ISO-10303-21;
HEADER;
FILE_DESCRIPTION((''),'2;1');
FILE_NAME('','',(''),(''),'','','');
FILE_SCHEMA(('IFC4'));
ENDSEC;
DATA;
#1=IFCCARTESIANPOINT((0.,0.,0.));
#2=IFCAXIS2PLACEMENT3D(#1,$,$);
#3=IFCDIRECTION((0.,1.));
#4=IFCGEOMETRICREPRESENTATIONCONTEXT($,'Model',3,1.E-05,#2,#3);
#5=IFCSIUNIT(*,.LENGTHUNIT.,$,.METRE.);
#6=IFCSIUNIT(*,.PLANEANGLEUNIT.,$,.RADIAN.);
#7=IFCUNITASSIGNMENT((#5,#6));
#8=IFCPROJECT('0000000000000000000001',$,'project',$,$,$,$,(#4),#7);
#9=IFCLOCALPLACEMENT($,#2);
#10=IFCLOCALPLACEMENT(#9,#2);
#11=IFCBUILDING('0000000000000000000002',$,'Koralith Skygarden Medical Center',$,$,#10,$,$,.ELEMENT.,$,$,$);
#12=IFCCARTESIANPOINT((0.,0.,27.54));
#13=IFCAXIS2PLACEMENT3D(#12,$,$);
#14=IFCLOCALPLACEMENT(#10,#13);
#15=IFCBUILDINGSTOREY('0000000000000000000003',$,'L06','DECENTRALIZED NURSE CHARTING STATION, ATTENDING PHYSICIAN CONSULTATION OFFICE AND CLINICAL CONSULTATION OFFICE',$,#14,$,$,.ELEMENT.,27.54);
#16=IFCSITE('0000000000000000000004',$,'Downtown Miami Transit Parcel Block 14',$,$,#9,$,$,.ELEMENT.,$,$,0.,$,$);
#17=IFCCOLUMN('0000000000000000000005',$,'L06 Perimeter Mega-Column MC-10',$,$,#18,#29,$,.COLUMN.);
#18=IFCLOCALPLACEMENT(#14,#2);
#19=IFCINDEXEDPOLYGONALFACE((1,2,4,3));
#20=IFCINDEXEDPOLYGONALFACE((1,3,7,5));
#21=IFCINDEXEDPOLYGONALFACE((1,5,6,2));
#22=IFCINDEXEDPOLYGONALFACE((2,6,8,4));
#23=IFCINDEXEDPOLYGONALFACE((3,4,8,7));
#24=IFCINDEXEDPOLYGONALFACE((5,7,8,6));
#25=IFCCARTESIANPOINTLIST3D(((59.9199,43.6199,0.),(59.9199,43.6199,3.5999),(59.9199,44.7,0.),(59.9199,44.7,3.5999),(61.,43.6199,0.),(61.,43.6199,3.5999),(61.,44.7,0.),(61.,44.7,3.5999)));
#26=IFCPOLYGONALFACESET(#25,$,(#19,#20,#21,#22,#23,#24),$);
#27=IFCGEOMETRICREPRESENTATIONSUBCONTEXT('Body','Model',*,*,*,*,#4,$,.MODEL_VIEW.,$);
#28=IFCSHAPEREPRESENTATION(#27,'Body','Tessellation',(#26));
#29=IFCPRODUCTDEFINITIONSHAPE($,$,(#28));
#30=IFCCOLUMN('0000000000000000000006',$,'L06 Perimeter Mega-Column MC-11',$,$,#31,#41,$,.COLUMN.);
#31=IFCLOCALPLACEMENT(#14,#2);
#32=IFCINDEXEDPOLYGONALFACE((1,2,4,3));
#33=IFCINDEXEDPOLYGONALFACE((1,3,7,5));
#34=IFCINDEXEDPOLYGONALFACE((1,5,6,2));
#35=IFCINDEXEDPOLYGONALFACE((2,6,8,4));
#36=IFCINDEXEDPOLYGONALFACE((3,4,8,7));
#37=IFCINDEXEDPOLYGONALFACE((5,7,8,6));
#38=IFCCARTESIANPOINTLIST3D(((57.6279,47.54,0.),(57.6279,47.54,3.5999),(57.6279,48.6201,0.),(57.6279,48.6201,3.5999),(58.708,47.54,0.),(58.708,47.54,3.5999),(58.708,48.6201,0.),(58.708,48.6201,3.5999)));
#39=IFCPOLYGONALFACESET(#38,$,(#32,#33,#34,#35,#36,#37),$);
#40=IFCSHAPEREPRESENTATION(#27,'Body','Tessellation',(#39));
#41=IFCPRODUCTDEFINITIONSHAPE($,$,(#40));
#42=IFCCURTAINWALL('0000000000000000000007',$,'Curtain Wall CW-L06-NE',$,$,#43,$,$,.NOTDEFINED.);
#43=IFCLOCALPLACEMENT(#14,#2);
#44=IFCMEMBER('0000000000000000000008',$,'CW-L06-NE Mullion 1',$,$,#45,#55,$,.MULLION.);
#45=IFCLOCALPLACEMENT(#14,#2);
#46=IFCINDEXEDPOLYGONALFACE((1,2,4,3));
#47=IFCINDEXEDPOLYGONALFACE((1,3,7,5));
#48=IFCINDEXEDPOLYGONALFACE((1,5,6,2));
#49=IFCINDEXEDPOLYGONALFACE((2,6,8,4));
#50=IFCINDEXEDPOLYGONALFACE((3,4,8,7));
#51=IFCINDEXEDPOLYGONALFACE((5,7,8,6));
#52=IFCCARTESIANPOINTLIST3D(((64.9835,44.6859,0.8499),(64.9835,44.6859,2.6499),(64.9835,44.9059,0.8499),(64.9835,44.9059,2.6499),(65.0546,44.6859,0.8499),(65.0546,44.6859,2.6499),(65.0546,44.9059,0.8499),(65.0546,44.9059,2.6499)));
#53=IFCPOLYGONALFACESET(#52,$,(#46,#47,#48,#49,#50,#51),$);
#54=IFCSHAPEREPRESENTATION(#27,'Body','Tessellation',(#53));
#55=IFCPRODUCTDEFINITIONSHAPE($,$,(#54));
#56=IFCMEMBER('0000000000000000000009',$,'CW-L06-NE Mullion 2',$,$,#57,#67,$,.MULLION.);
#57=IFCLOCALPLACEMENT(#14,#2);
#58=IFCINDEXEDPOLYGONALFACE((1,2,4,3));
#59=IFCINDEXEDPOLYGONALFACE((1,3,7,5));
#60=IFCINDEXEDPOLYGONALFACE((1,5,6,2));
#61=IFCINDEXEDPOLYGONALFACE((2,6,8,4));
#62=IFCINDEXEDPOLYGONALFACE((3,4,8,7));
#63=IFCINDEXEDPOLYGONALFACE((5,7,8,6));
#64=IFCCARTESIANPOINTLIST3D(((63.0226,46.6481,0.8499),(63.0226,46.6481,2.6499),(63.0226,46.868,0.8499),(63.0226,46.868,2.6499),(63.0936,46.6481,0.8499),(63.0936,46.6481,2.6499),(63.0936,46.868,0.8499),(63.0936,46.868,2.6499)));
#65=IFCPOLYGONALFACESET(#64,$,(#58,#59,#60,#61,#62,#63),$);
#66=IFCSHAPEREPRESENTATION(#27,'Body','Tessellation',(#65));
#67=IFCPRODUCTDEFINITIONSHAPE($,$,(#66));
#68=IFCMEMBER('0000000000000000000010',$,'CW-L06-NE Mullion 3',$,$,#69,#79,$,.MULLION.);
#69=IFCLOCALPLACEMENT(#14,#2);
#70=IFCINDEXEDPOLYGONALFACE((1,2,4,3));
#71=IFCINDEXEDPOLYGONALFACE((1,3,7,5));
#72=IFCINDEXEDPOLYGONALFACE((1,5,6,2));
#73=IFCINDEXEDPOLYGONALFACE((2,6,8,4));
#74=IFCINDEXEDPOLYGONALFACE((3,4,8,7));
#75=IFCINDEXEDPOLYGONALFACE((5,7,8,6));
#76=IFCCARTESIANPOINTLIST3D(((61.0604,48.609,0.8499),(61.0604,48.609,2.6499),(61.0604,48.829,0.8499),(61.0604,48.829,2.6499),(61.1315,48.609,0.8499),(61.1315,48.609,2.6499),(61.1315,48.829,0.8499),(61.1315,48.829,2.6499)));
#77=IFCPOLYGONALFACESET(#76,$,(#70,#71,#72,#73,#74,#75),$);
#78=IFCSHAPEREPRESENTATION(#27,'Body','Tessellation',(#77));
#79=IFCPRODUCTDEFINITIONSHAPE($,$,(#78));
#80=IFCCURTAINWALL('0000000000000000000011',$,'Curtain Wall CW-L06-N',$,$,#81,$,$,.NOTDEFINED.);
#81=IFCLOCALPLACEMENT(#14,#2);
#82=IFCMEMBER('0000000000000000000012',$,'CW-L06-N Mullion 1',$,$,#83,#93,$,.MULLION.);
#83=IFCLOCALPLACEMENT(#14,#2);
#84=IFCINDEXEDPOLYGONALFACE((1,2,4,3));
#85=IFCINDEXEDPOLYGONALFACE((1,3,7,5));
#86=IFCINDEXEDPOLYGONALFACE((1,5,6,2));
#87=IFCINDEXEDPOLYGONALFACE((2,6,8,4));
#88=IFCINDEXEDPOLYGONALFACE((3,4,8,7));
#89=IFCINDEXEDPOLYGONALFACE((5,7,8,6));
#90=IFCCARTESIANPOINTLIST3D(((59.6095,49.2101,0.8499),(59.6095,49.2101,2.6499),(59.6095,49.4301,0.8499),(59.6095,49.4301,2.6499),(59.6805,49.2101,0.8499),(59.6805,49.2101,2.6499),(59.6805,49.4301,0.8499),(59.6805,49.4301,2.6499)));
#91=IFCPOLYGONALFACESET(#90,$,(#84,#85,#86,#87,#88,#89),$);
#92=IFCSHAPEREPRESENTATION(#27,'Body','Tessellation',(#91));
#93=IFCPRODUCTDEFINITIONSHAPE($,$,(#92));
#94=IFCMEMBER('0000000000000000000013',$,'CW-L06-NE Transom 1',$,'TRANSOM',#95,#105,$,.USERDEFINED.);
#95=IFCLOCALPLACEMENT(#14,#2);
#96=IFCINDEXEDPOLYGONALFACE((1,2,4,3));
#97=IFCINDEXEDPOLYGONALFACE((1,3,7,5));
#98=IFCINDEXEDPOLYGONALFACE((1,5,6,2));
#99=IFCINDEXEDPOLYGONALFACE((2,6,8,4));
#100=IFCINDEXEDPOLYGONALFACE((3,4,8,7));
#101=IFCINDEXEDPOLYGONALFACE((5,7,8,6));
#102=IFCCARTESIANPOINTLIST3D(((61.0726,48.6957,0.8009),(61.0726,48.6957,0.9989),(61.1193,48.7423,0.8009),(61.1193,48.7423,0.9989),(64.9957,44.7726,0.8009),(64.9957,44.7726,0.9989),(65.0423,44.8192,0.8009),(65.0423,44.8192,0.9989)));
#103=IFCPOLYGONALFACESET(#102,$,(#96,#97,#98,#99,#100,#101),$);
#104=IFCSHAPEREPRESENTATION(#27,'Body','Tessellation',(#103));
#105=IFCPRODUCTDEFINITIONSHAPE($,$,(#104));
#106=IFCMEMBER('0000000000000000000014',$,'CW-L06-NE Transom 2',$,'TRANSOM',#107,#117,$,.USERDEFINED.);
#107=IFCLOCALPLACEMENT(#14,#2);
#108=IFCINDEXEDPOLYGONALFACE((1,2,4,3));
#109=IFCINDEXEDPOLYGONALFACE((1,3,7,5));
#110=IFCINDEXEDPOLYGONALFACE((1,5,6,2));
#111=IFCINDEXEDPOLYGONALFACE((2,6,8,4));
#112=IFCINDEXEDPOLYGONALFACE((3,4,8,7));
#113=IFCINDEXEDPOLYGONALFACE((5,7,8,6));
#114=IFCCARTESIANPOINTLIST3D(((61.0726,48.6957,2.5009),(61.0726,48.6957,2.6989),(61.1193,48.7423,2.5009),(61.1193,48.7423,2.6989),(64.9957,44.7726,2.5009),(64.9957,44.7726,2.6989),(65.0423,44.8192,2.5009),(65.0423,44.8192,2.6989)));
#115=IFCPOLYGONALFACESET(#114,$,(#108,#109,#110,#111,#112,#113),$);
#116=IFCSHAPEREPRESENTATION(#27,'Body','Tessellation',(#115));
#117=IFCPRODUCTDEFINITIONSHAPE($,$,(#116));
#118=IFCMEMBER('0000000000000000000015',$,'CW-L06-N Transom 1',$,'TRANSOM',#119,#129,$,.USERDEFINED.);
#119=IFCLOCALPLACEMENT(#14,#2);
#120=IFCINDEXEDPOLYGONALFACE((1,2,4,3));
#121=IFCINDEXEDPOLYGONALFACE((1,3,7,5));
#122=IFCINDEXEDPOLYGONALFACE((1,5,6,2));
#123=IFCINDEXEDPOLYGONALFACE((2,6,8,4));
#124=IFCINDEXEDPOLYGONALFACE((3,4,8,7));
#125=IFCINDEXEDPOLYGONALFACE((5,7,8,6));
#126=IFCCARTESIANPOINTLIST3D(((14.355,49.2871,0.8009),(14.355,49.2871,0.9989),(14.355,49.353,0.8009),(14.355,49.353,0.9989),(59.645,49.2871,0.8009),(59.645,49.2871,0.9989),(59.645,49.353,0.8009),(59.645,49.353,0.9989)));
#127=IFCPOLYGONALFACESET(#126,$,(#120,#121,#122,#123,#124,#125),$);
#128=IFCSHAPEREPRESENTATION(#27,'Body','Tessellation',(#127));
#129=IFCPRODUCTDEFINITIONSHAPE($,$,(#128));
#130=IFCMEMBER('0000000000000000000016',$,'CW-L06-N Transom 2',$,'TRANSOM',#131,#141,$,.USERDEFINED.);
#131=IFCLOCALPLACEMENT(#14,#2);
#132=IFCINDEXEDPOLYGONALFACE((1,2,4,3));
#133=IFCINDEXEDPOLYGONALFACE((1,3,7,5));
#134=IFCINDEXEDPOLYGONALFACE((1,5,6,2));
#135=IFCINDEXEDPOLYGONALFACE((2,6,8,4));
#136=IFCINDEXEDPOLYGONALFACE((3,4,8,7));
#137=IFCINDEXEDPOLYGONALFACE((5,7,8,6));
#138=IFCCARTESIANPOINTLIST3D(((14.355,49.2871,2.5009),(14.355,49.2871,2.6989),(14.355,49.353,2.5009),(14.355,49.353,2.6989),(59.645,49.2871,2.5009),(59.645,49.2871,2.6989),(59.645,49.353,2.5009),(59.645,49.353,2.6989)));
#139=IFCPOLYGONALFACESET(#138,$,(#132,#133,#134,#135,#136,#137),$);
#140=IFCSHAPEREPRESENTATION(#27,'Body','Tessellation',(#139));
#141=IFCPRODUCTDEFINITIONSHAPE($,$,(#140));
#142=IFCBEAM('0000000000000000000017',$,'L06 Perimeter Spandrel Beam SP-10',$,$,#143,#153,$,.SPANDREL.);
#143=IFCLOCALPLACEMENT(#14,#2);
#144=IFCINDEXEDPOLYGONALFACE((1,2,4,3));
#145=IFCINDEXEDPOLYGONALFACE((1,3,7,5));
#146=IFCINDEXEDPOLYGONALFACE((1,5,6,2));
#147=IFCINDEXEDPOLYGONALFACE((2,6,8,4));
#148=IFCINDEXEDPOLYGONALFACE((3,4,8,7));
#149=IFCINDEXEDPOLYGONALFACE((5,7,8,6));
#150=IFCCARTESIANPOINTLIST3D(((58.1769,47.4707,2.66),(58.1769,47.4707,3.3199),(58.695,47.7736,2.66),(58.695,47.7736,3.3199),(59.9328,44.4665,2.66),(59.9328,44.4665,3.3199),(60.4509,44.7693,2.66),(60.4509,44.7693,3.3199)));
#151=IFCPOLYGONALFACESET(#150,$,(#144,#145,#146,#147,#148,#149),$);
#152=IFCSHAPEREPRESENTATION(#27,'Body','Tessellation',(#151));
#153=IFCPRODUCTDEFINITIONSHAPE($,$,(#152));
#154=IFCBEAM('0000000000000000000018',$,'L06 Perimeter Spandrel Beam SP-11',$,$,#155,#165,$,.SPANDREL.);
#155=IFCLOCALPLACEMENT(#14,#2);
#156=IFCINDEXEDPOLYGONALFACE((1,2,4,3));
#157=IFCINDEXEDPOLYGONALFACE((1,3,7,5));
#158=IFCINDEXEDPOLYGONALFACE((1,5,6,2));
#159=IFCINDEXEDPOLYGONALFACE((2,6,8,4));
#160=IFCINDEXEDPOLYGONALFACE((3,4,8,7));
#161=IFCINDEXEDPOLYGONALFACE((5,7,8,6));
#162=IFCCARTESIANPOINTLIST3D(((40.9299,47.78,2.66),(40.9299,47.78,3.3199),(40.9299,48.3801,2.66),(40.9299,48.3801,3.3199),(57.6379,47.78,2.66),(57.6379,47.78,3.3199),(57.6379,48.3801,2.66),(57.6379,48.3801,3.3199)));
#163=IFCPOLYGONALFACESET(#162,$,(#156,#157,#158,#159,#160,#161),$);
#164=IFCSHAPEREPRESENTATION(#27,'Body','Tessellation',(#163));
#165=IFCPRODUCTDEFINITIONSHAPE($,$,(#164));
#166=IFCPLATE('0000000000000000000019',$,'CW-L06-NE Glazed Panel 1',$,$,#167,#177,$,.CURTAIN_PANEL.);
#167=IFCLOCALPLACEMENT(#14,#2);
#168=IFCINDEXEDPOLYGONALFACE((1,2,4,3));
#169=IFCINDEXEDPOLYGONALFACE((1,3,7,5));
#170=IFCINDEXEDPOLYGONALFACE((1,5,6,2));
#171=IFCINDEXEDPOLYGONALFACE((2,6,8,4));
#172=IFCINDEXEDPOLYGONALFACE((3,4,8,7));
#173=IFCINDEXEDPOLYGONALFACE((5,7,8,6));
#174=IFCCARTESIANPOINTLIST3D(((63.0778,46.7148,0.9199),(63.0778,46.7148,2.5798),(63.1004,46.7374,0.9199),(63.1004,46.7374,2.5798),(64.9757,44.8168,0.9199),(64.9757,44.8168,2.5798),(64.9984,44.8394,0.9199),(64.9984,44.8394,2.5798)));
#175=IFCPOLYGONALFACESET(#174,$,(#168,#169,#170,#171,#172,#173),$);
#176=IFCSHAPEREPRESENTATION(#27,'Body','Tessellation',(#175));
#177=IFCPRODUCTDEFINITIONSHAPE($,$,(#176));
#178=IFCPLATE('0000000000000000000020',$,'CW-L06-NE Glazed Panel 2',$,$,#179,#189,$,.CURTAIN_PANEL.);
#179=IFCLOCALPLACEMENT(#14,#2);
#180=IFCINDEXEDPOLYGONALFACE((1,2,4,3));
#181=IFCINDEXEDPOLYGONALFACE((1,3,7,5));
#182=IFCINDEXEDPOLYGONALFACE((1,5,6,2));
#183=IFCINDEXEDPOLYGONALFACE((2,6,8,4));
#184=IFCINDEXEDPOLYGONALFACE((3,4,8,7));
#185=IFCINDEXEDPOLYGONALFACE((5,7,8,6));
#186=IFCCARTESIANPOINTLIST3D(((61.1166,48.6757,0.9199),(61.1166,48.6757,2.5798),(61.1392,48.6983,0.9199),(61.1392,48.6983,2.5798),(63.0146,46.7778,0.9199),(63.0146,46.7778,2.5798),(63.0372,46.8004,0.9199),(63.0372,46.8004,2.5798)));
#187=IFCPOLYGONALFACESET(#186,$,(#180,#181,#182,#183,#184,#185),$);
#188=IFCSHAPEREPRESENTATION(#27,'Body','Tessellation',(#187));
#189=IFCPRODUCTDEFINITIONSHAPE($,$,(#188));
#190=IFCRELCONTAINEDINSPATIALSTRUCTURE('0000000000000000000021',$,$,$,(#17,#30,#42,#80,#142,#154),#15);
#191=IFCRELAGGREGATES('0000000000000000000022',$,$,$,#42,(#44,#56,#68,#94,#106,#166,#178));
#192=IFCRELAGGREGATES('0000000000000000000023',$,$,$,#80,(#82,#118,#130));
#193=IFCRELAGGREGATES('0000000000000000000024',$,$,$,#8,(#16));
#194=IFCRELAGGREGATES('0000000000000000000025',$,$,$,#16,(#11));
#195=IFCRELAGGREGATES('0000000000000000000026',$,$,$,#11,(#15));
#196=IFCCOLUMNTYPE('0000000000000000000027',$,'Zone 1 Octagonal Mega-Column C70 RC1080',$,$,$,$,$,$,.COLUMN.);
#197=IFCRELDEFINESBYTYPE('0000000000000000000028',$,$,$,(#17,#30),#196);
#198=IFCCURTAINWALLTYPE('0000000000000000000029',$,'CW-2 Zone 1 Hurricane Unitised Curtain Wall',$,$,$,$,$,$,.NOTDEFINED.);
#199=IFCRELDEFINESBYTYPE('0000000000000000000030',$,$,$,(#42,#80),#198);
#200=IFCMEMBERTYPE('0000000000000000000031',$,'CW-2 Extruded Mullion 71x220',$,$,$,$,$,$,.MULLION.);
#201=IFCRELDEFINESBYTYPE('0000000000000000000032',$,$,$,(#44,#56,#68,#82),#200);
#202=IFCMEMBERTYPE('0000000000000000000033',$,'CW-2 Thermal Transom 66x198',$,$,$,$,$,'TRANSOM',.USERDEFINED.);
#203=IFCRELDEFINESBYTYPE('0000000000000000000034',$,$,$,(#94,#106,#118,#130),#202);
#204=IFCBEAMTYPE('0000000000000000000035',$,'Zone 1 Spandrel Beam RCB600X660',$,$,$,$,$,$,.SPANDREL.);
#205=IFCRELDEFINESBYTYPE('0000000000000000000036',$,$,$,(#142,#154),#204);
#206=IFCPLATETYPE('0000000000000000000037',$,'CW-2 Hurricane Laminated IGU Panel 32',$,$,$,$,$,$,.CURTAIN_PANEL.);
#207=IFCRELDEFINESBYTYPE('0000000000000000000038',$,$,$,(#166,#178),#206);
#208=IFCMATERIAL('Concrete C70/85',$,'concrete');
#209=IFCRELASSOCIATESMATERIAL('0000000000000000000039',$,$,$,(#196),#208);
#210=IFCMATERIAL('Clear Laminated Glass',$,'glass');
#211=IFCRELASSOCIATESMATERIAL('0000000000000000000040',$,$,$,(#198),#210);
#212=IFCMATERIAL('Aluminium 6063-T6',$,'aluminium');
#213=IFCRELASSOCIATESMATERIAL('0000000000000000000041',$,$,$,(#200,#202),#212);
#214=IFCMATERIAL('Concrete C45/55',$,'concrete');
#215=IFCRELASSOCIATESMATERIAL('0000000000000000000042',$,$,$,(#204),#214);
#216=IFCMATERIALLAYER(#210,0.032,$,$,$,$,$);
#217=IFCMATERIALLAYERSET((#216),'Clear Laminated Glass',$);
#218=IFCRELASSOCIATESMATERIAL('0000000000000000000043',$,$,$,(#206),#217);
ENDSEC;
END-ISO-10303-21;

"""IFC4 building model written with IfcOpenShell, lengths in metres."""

from ifc_helpers import new_model, si_unit, direction, frame, origin, origin_2d, place, context, subcontext, project, spatial, rectangle, extrude, material, layer, layer_set, material_profile, profile_set, type_object, element, aggregate, save


model = new_model("IFC4")

# Units and contexts
model_context = context("Model", 3, precision=1e-05, world=origin(), true_north=direction((0.0, 1.0)))
body_context = subcontext(model_context, "Body", "Model", "MODEL_VIEW")
ifc_project = project(units=[si_unit("LENGTHUNIT", "METRE"), si_unit("PLANEANGLEUNIT", "RADIAN")], contexts=[model_context])

# Site, building, storey
site_placement = place(None, origin())
site = spatial("IfcSite", under=ifc_project, at=site_placement, Name="Downtown Miami Transit Parcel Block 14", CompositionType="ELEMENT", RefElevation=0.0)
building_placement = place(site_placement, origin())
building = spatial("IfcBuilding", under=site, at=building_placement, Name="Koralith Skygarden Medical Center", CompositionType="ELEMENT")
storey_placement = place(building_placement, frame((0.0, 0.0, 27.54)))
storey = spatial("IfcBuildingStorey", under=building, at=storey_placement, Name="L06", Description="DECENTRALIZED NURSE CHARTING STATION, ATTENDING PHYSICIAN CONSULTATION OFFICE AND CLINICAL CONSULTATION OFFICE", CompositionType="ELEMENT", Elevation=27.54)

# Columns
ifc_material_1 = material(Name="Concrete C70/85", Category="concrete")
ifc_material_profile_1 = material_profile(ifc_material_1, rectangle(XDim=1.0801, YDim=1.0801, at=origin_2d()), Name="RC1080X1080")
ifc_profile_set_1 = profile_set([ifc_material_profile_1], Name="Concrete C70/85")
column_type = type_object("IfcColumnType", Name="Zone 1 Octagonal Mega-Column C70 RC1080", PredefinedType="COLUMN", material=ifc_profile_set_1)
for number, where, z_axis, x_axis, name in (
    (1, (60.46, 44.1599, 0.0), (0.0, 0.0, 1.0), (1.0, 0.0, 0.0), "L06 Perimeter Mega-Column MC-10"),
    (2, (58.168, 48.0801, 0.0), (0.0, 0.0, 1.0), (1.0, 0.0, 0.0), "L06 Perimeter Mega-Column MC-11"),
):
    element("IfcColumn", number, at=place(storey_placement, frame(where, z_axis=z_axis, x_axis=x_axis)), inside=storey, type_object=column_type, Name=name, PredefinedType="COLUMN", context=body_context, shape_type="SweptSolid", body=[
        extrude(rectangle(XDim=1.0801, YDim=1.0801, at=origin_2d()), origin(), (0.0, 0.0, 1.0), 3.5999),
    ])

# Curtain wall, members
ifc_material_2 = material(Name="Clear Laminated Glass", Category="glass")
curtain_wall_type = type_object("IfcCurtainWallType", Name="CW-2 Zone 1 Hurricane Unitised Curtain Wall", PredefinedType="NOTDEFINED", material=ifc_material_2)
curtain_wall_1_placement = place(storey_placement, origin())
curtain_wall_1 = element("IfcCurtainWall", 3, at=curtain_wall_1_placement, inside=storey, type_object=curtain_wall_type, Name="Curtain Wall CW-L06-NE", PredefinedType="NOTDEFINED")
ifc_material_3 = material(Name="Aluminium 6063-T6", Category="aluminium")
ifc_material_profile_2 = material_profile(ifc_material_3, rectangle(XDim=0.071, YDim=0.22, at=origin_2d()), Name="MUL71X220")
ifc_profile_set_2 = profile_set([ifc_material_profile_2], Name="Aluminium 6063-T6")
member_type_1 = type_object("IfcMemberType", Name="CW-2 Extruded Mullion 71x220", PredefinedType="MULLION", material=ifc_profile_set_2)
member_1_placement = place(storey_placement, frame((65.019, 44.7959, 0.8499), z_axis=(0.0, 0.0, 1.0), x_axis=(1.0, 0.0, 0.0)))
member_1 = element("IfcMember", 4, at=member_1_placement, type_object=member_type_1, Name="CW-L06-NE Mullion 1", PredefinedType="MULLION", context=body_context, shape_type="SweptSolid", body=[
    extrude(rectangle(XDim=0.071, YDim=0.22, at=origin_2d()), origin(), (0.0, 0.0, 1.0), 1.8),
])
member_2_placement = place(storey_placement, frame((63.0581, 46.7581, 0.8499), z_axis=(0.0, 0.0, 1.0), x_axis=(1.0, 0.0, 0.0)))
member_2 = element("IfcMember", 5, at=member_2_placement, type_object=member_type_1, Name="CW-L06-NE Mullion 2", PredefinedType="MULLION", context=body_context, shape_type="SweptSolid", body=[
    extrude(rectangle(XDim=0.071, YDim=0.22, at=origin_2d()), origin(), (0.0, 0.0, 1.0), 1.8),
])
member_3_placement = place(storey_placement, frame((61.0959, 48.719, 0.8499), z_axis=(0.0, 0.0, 1.0), x_axis=(1.0, 0.0, 0.0)))
member_3 = element("IfcMember", 6, at=member_3_placement, type_object=member_type_1, Name="CW-L06-NE Mullion 3", PredefinedType="MULLION", context=body_context, shape_type="SweptSolid", body=[
    extrude(rectangle(XDim=0.071, YDim=0.22, at=origin_2d()), origin(), (0.0, 0.0, 1.0), 1.8),
])

# Curtain wall, member
curtain_wall_2_placement = place(storey_placement, origin())
curtain_wall_2 = element("IfcCurtainWall", 7, at=curtain_wall_2_placement, inside=storey, type_object=curtain_wall_type, Name="Curtain Wall CW-L06-N", PredefinedType="NOTDEFINED")
member_4_placement = place(storey_placement, frame((59.645, 49.3201, 0.8499), z_axis=(0.0, 0.0, 1.0), x_axis=(1.0, 0.0, 0.0)))
member_4 = element("IfcMember", 8, at=member_4_placement, type_object=member_type_1, Name="CW-L06-N Mullion 1", PredefinedType="MULLION", context=body_context, shape_type="SweptSolid", body=[
    extrude(rectangle(XDim=0.071, YDim=0.22, at=origin_2d()), origin(), (0.0, 0.0, 1.0), 1.8),
])

# Members
ifc_material_profile_3 = material_profile(ifc_material_3, rectangle(XDim=0.0659, YDim=0.198, at=origin_2d()), Name="TRN66X198")
ifc_profile_set_3 = profile_set([ifc_material_profile_3], Name="Aluminium 6063-T6")
member_type_2 = type_object("IfcMemberType", Name="CW-2 Thermal Transom 66x198", ElementType="TRANSOM", PredefinedType="USERDEFINED", material=ifc_profile_set_3)
member_5_placement = place(storey_placement, frame((65.019, 44.7959, 0.8999), z_axis=(-0.707107, 0.707107, 0.0), x_axis=(-0.707107, -0.707107, 0.0)))
member_5 = element("IfcMember", 9, at=member_5_placement, type_object=member_type_2, Name="CW-L06-NE Transom 1", ObjectType="TRANSOM", PredefinedType="USERDEFINED", context=body_context, shape_type="SweptSolid", body=[
    extrude(rectangle(XDim=0.0659, YDim=0.198, at=origin_2d()), origin(), (0.0, 0.0, 1.0), 5.5481),
])
member_6_placement = place(storey_placement, frame((65.019, 44.7959, 2.5999), z_axis=(-0.707107, 0.707107, 0.0), x_axis=(-0.707107, -0.707107, 0.0)))
member_6 = element("IfcMember", 10, at=member_6_placement, type_object=member_type_2, Name="CW-L06-NE Transom 2", ObjectType="TRANSOM", PredefinedType="USERDEFINED", context=body_context, shape_type="SweptSolid", body=[
    extrude(rectangle(XDim=0.0659, YDim=0.198, at=origin_2d()), origin(), (0.0, 0.0, 1.0), 5.5481),
])
member_7_placement = place(storey_placement, frame((59.645, 49.3201, 0.8999), z_axis=(-1.0, 0.0, 0.0), x_axis=(0.0, -1.0, 0.0)))
member_7 = element("IfcMember", 11, at=member_7_placement, type_object=member_type_2, Name="CW-L06-N Transom 1", ObjectType="TRANSOM", PredefinedType="USERDEFINED", context=body_context, shape_type="SweptSolid", body=[
    extrude(rectangle(XDim=0.0659, YDim=0.198, at=origin_2d()), origin(), (0.0, 0.0, 1.0), 45.29),
])
member_8_placement = place(storey_placement, frame((59.645, 49.3201, 2.5999), z_axis=(-1.0, 0.0, 0.0), x_axis=(0.0, -1.0, 0.0)))
member_8 = element("IfcMember", 12, at=member_8_placement, type_object=member_type_2, Name="CW-L06-N Transom 2", ObjectType="TRANSOM", PredefinedType="USERDEFINED", context=body_context, shape_type="SweptSolid", body=[
    extrude(rectangle(XDim=0.0659, YDim=0.198, at=origin_2d()), origin(), (0.0, 0.0, 1.0), 45.29),
])

# Beams
ifc_material_4 = material(Name="Concrete C45/55", Category="concrete")
ifc_material_profile_4 = material_profile(ifc_material_4, rectangle(XDim=0.6001, YDim=0.6599, at=origin_2d()), Name="RCB600X660")
ifc_profile_set_4 = profile_set([ifc_material_profile_4], Name="Concrete C45/55")
beam_type = type_object("IfcBeamType", Name="Zone 1 Spandrel Beam RCB600X660", PredefinedType="SPANDREL", material=ifc_profile_set_4)
beam_1_placement = place(storey_placement, frame((60.1919, 44.6179, 2.99), z_axis=(-0.504608, 0.863349, 0.0), x_axis=(-0.863349, -0.504608, 0.0)))
element("IfcBeam", 13, at=beam_1_placement, inside=storey, type_object=beam_type, Name="L06 Perimeter Spandrel Beam SP-10", PredefinedType="SPANDREL", context=body_context, shape_type="SweptSolid", body=[
    extrude(rectangle(XDim=0.6001, YDim=0.6599, at=origin_2d()), origin(), (0.0, 0.0, 1.0), 3.4797),
])
beam_2_placement = place(storey_placement, frame((57.6379, 48.0801, 2.99), z_axis=(-1.0, 0.0, 0.0), x_axis=(0.0, -1.0, 0.0)))
element("IfcBeam", 14, at=beam_2_placement, inside=storey, type_object=beam_type, Name="L06 Perimeter Spandrel Beam SP-11", PredefinedType="SPANDREL", context=body_context, shape_type="SweptSolid", body=[
    extrude(rectangle(XDim=0.6001, YDim=0.6599, at=origin_2d()), origin(), (0.0, 0.0, 1.0), 16.708),
])

# Plates
ifc_layer_1 = layer(ifc_material_2, 0.032)
ifc_layer_set_1 = layer_set([ifc_layer_1], Name="Clear Laminated Glass")
plate_type_1 = type_object("IfcPlateType", Name="CW-2 Hurricane Laminated IGU Panel 32", PredefinedType="CURTAIN_PANEL", material=ifc_layer_set_1)
plate_1_placement = place(storey_placement, frame((64.0381, 45.7771, 0.9199), z_axis=(0.0, 0.0, 1.0), x_axis=(-0.707107, 0.707107, 0.0)))
plate_1 = element("IfcPlate", 15, at=plate_1_placement, type_object=plate_type_1, Name="CW-L06-NE Glazed Panel 1", PredefinedType="CURTAIN_PANEL", context=body_context, shape_type="SweptSolid", body=[
    extrude(rectangle(XDim=2.6841, YDim=0.032, at=origin_2d()), origin(), (0.0, 0.0, 1.0), 1.6599),
])
plate_2_placement = place(storey_placement, frame((62.0769, 47.738, 0.9199), z_axis=(0.0, 0.0, 1.0), x_axis=(-0.707107, 0.707107, 0.0)))
plate_2 = element("IfcPlate", 16, at=plate_2_placement, type_object=plate_type_1, Name="CW-L06-NE Glazed Panel 2", PredefinedType="CURTAIN_PANEL", context=body_context, shape_type="SweptSolid", body=[
    extrude(rectangle(XDim=2.6841, YDim=0.032, at=origin_2d()), origin(), (0.0, 0.0, 1.0), 1.6599),
])
aggregate(curtain_wall_1, [member_1, member_2, member_3, member_5, member_6, plate_1, plate_2])
aggregate(curtain_wall_2, [member_4, member_7, member_8])

save(model, "model.ifc")
